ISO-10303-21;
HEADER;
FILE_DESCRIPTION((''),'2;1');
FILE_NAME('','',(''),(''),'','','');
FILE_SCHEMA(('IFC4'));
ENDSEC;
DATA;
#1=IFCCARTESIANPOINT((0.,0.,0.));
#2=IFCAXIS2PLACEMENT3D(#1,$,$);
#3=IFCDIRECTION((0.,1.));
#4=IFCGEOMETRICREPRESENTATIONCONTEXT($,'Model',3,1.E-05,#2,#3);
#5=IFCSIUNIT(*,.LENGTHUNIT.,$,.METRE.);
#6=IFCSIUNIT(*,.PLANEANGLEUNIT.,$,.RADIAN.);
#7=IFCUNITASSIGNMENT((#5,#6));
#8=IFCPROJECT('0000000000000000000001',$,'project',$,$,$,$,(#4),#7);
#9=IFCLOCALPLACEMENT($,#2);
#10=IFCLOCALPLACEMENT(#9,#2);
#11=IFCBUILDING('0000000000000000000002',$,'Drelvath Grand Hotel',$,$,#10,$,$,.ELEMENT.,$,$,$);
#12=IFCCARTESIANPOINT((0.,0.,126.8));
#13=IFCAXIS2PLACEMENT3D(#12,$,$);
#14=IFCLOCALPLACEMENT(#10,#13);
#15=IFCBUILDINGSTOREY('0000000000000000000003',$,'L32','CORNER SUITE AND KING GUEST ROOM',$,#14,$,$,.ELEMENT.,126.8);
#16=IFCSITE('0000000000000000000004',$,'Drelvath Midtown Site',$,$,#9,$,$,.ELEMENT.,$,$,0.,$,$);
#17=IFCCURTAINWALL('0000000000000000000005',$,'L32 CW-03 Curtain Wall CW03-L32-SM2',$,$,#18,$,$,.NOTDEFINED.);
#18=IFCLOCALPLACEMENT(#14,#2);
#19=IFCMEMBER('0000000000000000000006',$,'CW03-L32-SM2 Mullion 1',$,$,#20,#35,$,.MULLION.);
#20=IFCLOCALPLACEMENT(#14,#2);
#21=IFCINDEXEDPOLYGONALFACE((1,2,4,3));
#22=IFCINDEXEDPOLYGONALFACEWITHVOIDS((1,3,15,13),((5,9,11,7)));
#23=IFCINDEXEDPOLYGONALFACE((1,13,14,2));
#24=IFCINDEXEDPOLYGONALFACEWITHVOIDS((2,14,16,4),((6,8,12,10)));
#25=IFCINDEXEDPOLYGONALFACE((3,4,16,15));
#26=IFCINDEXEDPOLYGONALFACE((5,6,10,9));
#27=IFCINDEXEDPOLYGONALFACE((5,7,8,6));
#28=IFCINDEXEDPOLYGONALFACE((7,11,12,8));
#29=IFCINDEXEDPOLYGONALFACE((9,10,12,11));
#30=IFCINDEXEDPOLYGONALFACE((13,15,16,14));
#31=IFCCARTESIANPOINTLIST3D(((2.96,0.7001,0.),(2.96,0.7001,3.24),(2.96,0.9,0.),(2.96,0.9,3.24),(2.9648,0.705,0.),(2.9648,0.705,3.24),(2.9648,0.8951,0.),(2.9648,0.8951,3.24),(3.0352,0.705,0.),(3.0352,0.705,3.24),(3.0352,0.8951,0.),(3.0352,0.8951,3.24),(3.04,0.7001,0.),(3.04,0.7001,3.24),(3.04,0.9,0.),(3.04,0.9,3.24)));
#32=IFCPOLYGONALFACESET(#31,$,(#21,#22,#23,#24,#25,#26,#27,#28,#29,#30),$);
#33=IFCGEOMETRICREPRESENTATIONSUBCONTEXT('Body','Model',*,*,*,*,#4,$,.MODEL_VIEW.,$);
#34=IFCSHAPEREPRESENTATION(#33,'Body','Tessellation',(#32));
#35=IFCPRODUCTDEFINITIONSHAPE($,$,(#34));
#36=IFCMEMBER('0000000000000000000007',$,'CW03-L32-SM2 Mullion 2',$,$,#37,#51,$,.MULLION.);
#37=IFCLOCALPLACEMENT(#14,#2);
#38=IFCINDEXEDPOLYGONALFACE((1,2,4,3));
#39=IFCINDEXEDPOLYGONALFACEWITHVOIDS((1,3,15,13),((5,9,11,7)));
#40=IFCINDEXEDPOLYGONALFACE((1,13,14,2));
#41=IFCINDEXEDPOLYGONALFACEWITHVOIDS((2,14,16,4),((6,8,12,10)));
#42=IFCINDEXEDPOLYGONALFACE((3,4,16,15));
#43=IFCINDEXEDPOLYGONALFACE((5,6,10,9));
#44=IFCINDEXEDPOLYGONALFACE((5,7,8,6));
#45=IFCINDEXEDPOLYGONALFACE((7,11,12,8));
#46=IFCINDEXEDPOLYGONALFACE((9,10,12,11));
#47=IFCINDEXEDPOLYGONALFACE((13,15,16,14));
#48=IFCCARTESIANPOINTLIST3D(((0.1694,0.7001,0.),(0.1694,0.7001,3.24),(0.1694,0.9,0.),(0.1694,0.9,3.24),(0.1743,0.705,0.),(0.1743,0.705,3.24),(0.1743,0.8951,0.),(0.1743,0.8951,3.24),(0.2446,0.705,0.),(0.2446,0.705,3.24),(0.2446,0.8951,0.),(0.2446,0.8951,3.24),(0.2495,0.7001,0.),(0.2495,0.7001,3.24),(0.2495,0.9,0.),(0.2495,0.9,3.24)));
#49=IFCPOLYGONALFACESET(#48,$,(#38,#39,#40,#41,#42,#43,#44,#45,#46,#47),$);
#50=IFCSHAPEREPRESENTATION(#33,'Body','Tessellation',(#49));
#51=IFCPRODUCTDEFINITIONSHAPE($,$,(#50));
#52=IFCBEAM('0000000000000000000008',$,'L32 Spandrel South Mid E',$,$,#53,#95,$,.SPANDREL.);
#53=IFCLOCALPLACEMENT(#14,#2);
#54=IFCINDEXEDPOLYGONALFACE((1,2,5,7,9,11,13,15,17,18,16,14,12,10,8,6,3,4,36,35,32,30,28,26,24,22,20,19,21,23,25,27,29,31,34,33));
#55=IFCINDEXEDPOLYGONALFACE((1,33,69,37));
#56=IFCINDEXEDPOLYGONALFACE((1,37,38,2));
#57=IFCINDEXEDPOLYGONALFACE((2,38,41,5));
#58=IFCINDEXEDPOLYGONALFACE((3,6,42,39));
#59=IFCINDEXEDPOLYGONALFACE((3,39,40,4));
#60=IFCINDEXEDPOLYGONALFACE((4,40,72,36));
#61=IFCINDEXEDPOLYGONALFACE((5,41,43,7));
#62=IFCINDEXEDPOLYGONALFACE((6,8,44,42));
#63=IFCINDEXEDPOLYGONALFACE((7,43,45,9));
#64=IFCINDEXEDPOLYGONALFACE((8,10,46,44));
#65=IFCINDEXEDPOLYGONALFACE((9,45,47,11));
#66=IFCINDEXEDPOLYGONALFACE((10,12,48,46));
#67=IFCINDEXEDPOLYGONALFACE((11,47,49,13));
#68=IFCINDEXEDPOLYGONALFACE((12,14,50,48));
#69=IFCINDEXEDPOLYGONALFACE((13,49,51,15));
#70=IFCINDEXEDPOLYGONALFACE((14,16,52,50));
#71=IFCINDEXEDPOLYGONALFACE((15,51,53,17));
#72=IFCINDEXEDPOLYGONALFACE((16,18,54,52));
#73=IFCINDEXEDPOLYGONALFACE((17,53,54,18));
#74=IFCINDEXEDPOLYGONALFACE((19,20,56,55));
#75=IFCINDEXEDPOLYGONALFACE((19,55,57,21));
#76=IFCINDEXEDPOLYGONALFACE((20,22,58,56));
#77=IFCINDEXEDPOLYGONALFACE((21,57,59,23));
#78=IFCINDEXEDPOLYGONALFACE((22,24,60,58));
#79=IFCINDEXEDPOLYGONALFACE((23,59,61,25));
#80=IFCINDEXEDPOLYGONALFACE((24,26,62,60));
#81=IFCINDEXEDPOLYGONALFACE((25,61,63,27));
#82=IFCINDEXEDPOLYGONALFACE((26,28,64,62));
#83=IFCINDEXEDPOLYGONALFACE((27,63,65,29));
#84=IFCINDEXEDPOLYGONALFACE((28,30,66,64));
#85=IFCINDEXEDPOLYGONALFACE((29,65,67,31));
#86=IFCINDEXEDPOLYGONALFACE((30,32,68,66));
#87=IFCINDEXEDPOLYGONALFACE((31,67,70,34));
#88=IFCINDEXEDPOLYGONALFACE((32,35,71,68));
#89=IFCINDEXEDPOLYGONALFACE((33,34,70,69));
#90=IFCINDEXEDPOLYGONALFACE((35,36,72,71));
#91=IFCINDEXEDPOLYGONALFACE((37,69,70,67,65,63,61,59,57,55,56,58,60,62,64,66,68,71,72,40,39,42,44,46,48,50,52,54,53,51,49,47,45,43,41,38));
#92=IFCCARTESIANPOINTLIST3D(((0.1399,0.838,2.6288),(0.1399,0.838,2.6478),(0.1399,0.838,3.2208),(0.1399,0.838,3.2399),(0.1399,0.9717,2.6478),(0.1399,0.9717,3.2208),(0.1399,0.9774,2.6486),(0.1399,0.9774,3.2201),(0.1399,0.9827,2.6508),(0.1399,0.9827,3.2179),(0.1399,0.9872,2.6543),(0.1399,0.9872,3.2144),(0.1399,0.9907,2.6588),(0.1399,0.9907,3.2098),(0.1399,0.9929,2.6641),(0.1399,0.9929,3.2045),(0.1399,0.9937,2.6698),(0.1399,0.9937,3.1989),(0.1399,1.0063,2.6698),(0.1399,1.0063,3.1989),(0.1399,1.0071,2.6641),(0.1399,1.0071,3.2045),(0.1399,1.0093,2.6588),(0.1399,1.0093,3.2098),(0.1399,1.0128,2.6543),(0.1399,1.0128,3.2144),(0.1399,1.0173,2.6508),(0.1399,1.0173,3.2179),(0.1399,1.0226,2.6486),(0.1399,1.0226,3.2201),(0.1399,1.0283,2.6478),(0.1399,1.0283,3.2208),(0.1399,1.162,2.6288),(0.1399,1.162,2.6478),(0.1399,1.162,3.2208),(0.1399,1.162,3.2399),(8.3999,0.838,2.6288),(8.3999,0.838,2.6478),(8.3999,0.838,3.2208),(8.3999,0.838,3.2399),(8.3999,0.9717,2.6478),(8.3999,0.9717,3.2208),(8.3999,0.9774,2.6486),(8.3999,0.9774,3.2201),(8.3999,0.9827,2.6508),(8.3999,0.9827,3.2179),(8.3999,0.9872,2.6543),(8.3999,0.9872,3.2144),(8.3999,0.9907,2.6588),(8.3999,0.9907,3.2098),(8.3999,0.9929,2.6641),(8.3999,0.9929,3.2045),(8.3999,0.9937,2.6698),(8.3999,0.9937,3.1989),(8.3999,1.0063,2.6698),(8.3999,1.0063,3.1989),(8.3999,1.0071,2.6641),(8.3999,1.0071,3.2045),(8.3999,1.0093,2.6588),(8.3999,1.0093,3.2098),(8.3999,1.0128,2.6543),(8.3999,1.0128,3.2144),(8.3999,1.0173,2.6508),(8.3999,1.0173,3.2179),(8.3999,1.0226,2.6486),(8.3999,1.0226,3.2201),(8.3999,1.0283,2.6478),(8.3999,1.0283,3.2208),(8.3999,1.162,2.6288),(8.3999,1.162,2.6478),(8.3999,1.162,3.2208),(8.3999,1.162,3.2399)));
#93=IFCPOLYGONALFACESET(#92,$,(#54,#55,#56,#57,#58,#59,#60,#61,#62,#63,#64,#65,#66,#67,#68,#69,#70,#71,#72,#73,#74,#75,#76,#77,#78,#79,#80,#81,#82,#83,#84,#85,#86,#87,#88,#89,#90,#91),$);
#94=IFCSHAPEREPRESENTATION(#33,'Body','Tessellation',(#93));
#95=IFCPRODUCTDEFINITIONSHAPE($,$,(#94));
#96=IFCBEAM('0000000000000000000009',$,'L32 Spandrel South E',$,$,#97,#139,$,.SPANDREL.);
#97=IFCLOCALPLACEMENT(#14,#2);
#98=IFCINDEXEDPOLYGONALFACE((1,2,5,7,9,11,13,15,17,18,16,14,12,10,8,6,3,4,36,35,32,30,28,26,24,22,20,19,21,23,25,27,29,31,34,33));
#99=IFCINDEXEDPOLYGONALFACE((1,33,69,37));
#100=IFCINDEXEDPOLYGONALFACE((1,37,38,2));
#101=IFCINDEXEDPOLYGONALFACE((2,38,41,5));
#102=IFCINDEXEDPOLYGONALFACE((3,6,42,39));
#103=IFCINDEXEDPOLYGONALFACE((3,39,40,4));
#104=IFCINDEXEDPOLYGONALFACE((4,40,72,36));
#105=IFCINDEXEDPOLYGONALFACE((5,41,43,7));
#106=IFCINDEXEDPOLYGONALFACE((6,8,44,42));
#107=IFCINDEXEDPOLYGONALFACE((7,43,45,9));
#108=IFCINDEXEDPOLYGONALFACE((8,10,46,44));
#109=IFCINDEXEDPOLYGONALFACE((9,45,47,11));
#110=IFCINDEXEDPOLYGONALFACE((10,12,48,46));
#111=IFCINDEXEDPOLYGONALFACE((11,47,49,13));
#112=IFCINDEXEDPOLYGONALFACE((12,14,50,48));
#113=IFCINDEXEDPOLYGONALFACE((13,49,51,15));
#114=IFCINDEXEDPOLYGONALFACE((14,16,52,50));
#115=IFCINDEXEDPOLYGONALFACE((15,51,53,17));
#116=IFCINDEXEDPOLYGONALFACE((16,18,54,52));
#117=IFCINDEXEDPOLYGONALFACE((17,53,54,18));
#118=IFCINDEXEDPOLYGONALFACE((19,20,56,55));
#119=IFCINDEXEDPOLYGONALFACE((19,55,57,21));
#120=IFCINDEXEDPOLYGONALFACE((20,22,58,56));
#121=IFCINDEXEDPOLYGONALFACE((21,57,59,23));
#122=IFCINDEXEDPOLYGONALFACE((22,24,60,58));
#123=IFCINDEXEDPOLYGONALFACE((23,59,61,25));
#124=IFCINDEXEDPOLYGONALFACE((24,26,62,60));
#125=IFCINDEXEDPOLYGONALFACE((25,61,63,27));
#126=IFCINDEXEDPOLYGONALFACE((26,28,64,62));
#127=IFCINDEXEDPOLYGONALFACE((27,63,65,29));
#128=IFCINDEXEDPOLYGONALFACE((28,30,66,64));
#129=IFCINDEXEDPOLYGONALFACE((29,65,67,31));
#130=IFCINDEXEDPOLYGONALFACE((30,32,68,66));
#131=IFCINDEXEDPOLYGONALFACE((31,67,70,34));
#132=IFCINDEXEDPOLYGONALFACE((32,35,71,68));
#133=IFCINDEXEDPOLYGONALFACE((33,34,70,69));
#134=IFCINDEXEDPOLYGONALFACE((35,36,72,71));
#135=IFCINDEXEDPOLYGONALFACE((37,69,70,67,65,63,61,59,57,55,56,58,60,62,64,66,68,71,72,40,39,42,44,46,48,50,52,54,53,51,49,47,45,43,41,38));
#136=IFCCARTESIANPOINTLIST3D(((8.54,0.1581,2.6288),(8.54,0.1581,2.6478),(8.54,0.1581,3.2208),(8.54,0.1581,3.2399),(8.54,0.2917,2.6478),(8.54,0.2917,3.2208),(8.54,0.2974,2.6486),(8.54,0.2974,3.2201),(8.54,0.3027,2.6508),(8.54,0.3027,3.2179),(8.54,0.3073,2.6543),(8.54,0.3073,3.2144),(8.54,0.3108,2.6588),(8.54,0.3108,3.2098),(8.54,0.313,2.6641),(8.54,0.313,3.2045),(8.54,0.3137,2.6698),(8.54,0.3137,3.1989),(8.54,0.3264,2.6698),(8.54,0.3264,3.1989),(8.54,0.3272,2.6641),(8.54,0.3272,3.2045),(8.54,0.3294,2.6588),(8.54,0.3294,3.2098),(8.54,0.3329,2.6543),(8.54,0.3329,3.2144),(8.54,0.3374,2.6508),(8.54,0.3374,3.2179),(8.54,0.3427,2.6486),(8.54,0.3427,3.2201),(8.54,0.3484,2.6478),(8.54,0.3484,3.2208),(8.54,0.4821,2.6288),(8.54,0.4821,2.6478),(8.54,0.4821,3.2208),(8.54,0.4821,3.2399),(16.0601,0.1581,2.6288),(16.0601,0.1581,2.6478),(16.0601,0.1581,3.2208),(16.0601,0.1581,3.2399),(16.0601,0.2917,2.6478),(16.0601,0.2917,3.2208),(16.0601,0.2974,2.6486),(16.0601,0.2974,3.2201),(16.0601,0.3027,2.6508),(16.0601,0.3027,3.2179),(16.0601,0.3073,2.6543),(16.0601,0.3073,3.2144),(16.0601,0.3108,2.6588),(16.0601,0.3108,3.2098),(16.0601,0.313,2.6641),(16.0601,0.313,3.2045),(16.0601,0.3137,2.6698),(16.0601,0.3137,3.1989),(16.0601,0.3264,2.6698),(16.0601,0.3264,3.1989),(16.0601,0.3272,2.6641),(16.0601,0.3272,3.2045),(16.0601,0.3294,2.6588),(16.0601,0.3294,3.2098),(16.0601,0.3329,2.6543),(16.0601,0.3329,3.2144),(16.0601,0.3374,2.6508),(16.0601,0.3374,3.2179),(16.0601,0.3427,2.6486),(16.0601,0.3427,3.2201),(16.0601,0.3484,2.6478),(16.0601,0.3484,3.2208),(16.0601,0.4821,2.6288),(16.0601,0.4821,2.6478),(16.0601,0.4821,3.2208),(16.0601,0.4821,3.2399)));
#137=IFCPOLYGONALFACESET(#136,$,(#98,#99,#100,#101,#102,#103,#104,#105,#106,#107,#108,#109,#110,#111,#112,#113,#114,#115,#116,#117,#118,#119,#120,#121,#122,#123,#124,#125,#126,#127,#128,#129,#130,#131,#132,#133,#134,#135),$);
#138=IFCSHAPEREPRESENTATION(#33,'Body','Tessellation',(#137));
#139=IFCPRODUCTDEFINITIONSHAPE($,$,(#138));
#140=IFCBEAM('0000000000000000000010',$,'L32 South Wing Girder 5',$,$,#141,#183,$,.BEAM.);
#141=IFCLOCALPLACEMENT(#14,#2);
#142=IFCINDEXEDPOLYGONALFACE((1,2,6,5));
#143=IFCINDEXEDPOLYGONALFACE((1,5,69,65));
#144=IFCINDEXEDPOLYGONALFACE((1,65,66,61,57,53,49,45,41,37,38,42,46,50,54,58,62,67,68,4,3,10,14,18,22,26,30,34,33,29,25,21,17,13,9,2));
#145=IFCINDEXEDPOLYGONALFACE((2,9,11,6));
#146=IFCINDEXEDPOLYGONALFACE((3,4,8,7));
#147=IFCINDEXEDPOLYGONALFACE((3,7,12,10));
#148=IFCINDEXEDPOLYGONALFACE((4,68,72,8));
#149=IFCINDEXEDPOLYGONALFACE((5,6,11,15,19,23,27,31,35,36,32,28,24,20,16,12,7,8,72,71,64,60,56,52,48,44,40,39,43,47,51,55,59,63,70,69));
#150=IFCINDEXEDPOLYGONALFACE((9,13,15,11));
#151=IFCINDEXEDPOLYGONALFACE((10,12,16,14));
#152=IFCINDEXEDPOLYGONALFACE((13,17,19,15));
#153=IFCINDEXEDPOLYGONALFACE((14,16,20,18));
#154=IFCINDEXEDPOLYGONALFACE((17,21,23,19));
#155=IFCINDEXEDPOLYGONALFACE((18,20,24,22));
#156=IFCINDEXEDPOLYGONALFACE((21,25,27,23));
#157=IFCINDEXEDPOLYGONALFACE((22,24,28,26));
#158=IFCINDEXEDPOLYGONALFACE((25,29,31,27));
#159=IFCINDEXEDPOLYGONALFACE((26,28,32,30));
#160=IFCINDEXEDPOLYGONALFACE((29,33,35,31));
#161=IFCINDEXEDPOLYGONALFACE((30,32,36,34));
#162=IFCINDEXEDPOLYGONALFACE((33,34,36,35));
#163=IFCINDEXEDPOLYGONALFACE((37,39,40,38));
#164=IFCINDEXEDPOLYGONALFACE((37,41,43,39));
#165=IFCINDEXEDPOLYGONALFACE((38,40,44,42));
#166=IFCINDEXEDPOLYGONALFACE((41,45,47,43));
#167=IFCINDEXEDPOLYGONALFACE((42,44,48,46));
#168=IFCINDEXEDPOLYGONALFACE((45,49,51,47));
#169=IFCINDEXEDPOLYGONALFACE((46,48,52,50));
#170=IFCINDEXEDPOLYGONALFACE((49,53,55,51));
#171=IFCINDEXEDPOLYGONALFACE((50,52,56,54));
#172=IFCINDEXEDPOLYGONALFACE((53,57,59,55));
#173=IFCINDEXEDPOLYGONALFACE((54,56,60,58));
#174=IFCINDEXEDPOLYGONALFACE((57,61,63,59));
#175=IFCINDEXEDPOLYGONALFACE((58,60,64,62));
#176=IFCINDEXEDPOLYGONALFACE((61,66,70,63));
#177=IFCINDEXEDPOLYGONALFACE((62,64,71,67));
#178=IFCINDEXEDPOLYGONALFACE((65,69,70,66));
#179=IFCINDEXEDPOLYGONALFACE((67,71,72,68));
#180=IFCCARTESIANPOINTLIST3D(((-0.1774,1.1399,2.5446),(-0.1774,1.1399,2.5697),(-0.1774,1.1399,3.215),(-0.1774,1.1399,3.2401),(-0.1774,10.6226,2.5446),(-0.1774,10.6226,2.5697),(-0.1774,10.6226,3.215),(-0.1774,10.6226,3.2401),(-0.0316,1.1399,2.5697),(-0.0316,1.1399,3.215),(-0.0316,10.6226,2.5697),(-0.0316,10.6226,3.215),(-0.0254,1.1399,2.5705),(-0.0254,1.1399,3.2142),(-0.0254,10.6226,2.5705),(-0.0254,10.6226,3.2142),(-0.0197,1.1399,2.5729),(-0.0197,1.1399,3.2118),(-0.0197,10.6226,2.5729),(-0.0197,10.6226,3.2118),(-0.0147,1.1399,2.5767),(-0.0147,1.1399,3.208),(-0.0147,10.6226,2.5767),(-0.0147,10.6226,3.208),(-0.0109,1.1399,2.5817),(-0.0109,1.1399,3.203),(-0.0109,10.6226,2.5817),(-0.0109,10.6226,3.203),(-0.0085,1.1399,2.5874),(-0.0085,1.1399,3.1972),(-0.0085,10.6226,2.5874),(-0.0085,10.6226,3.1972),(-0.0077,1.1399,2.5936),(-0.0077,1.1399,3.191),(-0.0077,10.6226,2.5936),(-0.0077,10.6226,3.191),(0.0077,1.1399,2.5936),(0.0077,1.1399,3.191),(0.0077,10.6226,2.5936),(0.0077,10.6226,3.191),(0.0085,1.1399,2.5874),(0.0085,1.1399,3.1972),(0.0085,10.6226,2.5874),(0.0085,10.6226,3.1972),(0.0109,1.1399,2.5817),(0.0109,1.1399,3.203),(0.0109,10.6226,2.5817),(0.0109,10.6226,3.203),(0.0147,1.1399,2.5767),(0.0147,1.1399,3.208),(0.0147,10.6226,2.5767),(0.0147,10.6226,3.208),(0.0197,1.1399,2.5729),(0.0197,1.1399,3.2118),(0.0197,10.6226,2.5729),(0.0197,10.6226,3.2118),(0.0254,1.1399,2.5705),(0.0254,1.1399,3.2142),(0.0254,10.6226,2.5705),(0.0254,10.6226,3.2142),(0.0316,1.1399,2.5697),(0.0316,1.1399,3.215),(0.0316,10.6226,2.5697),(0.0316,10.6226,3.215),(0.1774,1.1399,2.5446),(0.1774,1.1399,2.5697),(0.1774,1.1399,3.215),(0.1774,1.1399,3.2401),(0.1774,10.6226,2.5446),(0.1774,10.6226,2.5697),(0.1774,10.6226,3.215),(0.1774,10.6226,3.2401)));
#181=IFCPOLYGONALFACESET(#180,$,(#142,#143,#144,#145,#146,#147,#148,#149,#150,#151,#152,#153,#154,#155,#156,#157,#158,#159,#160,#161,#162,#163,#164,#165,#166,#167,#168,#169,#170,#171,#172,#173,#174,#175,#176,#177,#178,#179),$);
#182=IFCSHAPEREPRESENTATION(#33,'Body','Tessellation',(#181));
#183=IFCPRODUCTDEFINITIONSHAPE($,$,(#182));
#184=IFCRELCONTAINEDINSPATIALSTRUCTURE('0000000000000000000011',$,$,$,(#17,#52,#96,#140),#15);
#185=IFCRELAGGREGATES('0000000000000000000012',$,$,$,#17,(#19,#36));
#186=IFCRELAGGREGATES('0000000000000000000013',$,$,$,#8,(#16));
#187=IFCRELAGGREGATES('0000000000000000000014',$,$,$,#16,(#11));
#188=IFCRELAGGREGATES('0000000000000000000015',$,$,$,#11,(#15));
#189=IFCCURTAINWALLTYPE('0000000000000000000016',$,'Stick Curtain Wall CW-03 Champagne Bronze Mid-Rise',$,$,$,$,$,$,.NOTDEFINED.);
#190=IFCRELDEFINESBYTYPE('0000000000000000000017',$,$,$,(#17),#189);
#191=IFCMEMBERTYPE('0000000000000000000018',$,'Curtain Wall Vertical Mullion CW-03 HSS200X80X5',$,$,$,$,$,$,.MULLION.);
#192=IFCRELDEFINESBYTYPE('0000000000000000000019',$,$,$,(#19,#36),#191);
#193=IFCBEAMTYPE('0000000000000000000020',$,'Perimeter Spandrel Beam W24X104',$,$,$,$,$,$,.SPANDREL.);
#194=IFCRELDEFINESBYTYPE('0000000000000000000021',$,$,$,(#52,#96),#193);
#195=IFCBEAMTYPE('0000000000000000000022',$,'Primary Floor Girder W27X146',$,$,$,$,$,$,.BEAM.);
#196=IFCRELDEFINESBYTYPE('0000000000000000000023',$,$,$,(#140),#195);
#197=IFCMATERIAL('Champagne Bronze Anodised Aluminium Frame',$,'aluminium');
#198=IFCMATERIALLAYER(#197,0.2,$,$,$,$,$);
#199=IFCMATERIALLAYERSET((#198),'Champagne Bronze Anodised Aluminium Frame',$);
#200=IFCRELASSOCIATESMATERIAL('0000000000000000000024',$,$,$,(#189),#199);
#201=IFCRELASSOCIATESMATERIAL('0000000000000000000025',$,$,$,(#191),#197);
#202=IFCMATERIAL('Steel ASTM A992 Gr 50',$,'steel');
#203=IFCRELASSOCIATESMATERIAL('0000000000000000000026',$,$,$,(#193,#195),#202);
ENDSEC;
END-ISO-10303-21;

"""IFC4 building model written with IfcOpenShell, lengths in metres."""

from ifc_helpers import new_model, si_unit, direction, frame, origin, origin_2d, place, context, subcontext, project, spatial, hollow_rectangle, i_section, extrude, material, layer, layer_set, material_profile, profile_set, type_object, element, aggregate, save


model = new_model("IFC4")

# Units and contexts
model_context = context("Model", 3, precision=1e-05, world=origin(), true_north=direction((0.0, 1.0)))
body_context = subcontext(model_context, "Body", "Model", "MODEL_VIEW")
ifc_project = project(units=[si_unit("LENGTHUNIT", "METRE"), si_unit("PLANEANGLEUNIT", "RADIAN")], contexts=[model_context])

# Site, building, storey
site_placement = place(None, origin())
site = spatial("IfcSite", under=ifc_project, at=site_placement, Name="Drelvath Midtown Site", CompositionType="ELEMENT", RefElevation=0.0)
building_placement = place(site_placement, origin())
building = spatial("IfcBuilding", under=site, at=building_placement, Name="Drelvath Grand Hotel", CompositionType="ELEMENT")
storey_placement = place(building_placement, frame((0.0, 0.0, 126.8)))
storey = spatial("IfcBuildingStorey", under=building, at=storey_placement, Name="L32", Description="CORNER SUITE AND KING GUEST ROOM", CompositionType="ELEMENT", Elevation=126.8)

# Curtain wall
ifc_material_1 = material(Name="Champagne Bronze Anodised Aluminium Frame", Category="aluminium")
ifc_layer_1 = layer(ifc_material_1, 0.2)
ifc_layer_set_1 = layer_set([ifc_layer_1], Name="Champagne Bronze Anodised Aluminium Frame")
curtain_wall_type = type_object("IfcCurtainWallType", Name="Stick Curtain Wall CW-03 Champagne Bronze Mid-Rise", PredefinedType="NOTDEFINED", material=ifc_layer_set_1)
curtain_wall_1_placement = place(storey_placement, origin())
curtain_wall_1 = element("IfcCurtainWall", 1, at=curtain_wall_1_placement, inside=storey, type_object=curtain_wall_type, Name="L32 CW-03 Curtain Wall CW03-L32-SM2", PredefinedType="NOTDEFINED")

# Shared definitions
ifc_material_profile_1 = material_profile(ifc_material_1, hollow_rectangle(XDim=0.0801, YDim=0.2, WallThickness=0.0049, at=origin_2d()), Name="HSS200X80X5")
ifc_profile_set_1 = profile_set([ifc_material_profile_1], Name="Champagne Bronze Anodised Aluminium Frame")
member_type_1 = type_object("IfcMemberType", Name="Curtain Wall Vertical Mullion CW-03 HSS200X80X5", PredefinedType="MULLION", material=ifc_profile_set_1)

# Members
member_1_placement = place(storey_placement, frame((3.0, 0.8, 0.0), z_axis=(0.0, 0.0, 1.0), x_axis=(1.0, 0.0, 0.0)))
member_1 = element("IfcMember", 2, at=member_1_placement, type_object=member_type_1, Name="CW03-L32-SM2 Mullion 1", PredefinedType="MULLION", context=body_context, shape_type="SweptSolid", body=[
    extrude(hollow_rectangle(XDim=0.0801, YDim=0.2, WallThickness=0.0049, at=origin_2d()), origin(), (0.0, 0.0, 1.0), 3.24),
])
member_2_placement = place(storey_placement, frame((0.2095, 0.8, 0.0), z_axis=(0.0, 0.0, 1.0), x_axis=(1.0, 0.0, 0.0)))
member_2 = element("IfcMember", 3, at=member_2_placement, type_object=member_type_1, Name="CW03-L32-SM2 Mullion 2", PredefinedType="MULLION", context=body_context, shape_type="SweptSolid", body=[
    extrude(hollow_rectangle(XDim=0.0801, YDim=0.2, WallThickness=0.0049, at=origin_2d()), origin(), (0.0, 0.0, 1.0), 3.24),
])

# Beams
ifc_material_2 = material(Name="Steel ASTM A992 Gr 50", Category="steel")
ifc_material_profile_2 = material_profile(ifc_material_2, i_section(OverallWidth=0.324, OverallDepth=0.6111, WebThickness=0.0127, FlangeThickness=0.019, FilletRadius=0.022, at=origin_2d()), Name="W24X104")
ifc_profile_set_2 = profile_set([ifc_material_profile_2], Name="Steel ASTM A992 Gr 50")
beam_type_1 = type_object("IfcBeamType", Name="Perimeter Spandrel Beam W24X104", PredefinedType="SPANDREL", material=ifc_profile_set_2)
beam_1_placement = place(storey_placement, frame((0.1399, 1.0, 2.9343), z_axis=(1.0, 0.0, 0.0), x_axis=(0.0, 1.0, 0.0)))
element("IfcBeam", 4, at=beam_1_placement, inside=storey, type_object=beam_type_1, Name="L32 Spandrel South Mid E", PredefinedType="SPANDREL", context=body_context, shape_type="SweptSolid", body=[
    extrude(i_section(OverallWidth=0.324, OverallDepth=0.6111, WebThickness=0.0127, FlangeThickness=0.019, FilletRadius=0.022, at=origin_2d()), origin(), (0.0, 0.0, 1.0), 8.26),
])
beam_2_placement = place(storey_placement, frame((8.54, 0.3201, 2.9343), z_axis=(1.0, 0.0, 0.0), x_axis=(0.0, 1.0, 0.0)))
element("IfcBeam", 5, at=beam_2_placement, inside=storey, type_object=beam_type_1, Name="L32 Spandrel South E", PredefinedType="SPANDREL", context=body_context, shape_type="SweptSolid", body=[
    extrude(i_section(OverallWidth=0.324, OverallDepth=0.6111, WebThickness=0.0127, FlangeThickness=0.019, FilletRadius=0.022, at=origin_2d()), origin(), (0.0, 0.0, 1.0), 7.52),
])
ifc_material_profile_3 = material_profile(ifc_material_2, i_section(OverallWidth=0.3547, OverallDepth=0.6956, WebThickness=0.0154, FlangeThickness=0.0251, FilletRadius=0.0239, at=origin_2d()), Name="W27X146")
ifc_profile_set_3 = profile_set([ifc_material_profile_3], Name="Steel ASTM A992 Gr 50")
beam_type_2 = type_object("IfcBeamType", Name="Primary Floor Girder W27X146", PredefinedType="BEAM", material=ifc_profile_set_3)
beam_3_placement = place(storey_placement, frame((0.0, 1.1399, 2.8923), z_axis=(0.0, 1.0, 0.0), x_axis=(-1.0, 0.0, 0.0)))
element("IfcBeam", 6, at=beam_3_placement, inside=storey, type_object=beam_type_2, Name="L32 South Wing Girder 5", PredefinedType="BEAM", context=body_context, shape_type="SweptSolid", body=[
    extrude(i_section(OverallWidth=0.3547, OverallDepth=0.6956, WebThickness=0.0154, FlangeThickness=0.0251, FilletRadius=0.0239, at=origin_2d()), origin(), (0.0, 0.0, 1.0), 9.4827),
])

aggregate(curtain_wall_1, [member_1, member_2])

save(model, "model.ifc")
